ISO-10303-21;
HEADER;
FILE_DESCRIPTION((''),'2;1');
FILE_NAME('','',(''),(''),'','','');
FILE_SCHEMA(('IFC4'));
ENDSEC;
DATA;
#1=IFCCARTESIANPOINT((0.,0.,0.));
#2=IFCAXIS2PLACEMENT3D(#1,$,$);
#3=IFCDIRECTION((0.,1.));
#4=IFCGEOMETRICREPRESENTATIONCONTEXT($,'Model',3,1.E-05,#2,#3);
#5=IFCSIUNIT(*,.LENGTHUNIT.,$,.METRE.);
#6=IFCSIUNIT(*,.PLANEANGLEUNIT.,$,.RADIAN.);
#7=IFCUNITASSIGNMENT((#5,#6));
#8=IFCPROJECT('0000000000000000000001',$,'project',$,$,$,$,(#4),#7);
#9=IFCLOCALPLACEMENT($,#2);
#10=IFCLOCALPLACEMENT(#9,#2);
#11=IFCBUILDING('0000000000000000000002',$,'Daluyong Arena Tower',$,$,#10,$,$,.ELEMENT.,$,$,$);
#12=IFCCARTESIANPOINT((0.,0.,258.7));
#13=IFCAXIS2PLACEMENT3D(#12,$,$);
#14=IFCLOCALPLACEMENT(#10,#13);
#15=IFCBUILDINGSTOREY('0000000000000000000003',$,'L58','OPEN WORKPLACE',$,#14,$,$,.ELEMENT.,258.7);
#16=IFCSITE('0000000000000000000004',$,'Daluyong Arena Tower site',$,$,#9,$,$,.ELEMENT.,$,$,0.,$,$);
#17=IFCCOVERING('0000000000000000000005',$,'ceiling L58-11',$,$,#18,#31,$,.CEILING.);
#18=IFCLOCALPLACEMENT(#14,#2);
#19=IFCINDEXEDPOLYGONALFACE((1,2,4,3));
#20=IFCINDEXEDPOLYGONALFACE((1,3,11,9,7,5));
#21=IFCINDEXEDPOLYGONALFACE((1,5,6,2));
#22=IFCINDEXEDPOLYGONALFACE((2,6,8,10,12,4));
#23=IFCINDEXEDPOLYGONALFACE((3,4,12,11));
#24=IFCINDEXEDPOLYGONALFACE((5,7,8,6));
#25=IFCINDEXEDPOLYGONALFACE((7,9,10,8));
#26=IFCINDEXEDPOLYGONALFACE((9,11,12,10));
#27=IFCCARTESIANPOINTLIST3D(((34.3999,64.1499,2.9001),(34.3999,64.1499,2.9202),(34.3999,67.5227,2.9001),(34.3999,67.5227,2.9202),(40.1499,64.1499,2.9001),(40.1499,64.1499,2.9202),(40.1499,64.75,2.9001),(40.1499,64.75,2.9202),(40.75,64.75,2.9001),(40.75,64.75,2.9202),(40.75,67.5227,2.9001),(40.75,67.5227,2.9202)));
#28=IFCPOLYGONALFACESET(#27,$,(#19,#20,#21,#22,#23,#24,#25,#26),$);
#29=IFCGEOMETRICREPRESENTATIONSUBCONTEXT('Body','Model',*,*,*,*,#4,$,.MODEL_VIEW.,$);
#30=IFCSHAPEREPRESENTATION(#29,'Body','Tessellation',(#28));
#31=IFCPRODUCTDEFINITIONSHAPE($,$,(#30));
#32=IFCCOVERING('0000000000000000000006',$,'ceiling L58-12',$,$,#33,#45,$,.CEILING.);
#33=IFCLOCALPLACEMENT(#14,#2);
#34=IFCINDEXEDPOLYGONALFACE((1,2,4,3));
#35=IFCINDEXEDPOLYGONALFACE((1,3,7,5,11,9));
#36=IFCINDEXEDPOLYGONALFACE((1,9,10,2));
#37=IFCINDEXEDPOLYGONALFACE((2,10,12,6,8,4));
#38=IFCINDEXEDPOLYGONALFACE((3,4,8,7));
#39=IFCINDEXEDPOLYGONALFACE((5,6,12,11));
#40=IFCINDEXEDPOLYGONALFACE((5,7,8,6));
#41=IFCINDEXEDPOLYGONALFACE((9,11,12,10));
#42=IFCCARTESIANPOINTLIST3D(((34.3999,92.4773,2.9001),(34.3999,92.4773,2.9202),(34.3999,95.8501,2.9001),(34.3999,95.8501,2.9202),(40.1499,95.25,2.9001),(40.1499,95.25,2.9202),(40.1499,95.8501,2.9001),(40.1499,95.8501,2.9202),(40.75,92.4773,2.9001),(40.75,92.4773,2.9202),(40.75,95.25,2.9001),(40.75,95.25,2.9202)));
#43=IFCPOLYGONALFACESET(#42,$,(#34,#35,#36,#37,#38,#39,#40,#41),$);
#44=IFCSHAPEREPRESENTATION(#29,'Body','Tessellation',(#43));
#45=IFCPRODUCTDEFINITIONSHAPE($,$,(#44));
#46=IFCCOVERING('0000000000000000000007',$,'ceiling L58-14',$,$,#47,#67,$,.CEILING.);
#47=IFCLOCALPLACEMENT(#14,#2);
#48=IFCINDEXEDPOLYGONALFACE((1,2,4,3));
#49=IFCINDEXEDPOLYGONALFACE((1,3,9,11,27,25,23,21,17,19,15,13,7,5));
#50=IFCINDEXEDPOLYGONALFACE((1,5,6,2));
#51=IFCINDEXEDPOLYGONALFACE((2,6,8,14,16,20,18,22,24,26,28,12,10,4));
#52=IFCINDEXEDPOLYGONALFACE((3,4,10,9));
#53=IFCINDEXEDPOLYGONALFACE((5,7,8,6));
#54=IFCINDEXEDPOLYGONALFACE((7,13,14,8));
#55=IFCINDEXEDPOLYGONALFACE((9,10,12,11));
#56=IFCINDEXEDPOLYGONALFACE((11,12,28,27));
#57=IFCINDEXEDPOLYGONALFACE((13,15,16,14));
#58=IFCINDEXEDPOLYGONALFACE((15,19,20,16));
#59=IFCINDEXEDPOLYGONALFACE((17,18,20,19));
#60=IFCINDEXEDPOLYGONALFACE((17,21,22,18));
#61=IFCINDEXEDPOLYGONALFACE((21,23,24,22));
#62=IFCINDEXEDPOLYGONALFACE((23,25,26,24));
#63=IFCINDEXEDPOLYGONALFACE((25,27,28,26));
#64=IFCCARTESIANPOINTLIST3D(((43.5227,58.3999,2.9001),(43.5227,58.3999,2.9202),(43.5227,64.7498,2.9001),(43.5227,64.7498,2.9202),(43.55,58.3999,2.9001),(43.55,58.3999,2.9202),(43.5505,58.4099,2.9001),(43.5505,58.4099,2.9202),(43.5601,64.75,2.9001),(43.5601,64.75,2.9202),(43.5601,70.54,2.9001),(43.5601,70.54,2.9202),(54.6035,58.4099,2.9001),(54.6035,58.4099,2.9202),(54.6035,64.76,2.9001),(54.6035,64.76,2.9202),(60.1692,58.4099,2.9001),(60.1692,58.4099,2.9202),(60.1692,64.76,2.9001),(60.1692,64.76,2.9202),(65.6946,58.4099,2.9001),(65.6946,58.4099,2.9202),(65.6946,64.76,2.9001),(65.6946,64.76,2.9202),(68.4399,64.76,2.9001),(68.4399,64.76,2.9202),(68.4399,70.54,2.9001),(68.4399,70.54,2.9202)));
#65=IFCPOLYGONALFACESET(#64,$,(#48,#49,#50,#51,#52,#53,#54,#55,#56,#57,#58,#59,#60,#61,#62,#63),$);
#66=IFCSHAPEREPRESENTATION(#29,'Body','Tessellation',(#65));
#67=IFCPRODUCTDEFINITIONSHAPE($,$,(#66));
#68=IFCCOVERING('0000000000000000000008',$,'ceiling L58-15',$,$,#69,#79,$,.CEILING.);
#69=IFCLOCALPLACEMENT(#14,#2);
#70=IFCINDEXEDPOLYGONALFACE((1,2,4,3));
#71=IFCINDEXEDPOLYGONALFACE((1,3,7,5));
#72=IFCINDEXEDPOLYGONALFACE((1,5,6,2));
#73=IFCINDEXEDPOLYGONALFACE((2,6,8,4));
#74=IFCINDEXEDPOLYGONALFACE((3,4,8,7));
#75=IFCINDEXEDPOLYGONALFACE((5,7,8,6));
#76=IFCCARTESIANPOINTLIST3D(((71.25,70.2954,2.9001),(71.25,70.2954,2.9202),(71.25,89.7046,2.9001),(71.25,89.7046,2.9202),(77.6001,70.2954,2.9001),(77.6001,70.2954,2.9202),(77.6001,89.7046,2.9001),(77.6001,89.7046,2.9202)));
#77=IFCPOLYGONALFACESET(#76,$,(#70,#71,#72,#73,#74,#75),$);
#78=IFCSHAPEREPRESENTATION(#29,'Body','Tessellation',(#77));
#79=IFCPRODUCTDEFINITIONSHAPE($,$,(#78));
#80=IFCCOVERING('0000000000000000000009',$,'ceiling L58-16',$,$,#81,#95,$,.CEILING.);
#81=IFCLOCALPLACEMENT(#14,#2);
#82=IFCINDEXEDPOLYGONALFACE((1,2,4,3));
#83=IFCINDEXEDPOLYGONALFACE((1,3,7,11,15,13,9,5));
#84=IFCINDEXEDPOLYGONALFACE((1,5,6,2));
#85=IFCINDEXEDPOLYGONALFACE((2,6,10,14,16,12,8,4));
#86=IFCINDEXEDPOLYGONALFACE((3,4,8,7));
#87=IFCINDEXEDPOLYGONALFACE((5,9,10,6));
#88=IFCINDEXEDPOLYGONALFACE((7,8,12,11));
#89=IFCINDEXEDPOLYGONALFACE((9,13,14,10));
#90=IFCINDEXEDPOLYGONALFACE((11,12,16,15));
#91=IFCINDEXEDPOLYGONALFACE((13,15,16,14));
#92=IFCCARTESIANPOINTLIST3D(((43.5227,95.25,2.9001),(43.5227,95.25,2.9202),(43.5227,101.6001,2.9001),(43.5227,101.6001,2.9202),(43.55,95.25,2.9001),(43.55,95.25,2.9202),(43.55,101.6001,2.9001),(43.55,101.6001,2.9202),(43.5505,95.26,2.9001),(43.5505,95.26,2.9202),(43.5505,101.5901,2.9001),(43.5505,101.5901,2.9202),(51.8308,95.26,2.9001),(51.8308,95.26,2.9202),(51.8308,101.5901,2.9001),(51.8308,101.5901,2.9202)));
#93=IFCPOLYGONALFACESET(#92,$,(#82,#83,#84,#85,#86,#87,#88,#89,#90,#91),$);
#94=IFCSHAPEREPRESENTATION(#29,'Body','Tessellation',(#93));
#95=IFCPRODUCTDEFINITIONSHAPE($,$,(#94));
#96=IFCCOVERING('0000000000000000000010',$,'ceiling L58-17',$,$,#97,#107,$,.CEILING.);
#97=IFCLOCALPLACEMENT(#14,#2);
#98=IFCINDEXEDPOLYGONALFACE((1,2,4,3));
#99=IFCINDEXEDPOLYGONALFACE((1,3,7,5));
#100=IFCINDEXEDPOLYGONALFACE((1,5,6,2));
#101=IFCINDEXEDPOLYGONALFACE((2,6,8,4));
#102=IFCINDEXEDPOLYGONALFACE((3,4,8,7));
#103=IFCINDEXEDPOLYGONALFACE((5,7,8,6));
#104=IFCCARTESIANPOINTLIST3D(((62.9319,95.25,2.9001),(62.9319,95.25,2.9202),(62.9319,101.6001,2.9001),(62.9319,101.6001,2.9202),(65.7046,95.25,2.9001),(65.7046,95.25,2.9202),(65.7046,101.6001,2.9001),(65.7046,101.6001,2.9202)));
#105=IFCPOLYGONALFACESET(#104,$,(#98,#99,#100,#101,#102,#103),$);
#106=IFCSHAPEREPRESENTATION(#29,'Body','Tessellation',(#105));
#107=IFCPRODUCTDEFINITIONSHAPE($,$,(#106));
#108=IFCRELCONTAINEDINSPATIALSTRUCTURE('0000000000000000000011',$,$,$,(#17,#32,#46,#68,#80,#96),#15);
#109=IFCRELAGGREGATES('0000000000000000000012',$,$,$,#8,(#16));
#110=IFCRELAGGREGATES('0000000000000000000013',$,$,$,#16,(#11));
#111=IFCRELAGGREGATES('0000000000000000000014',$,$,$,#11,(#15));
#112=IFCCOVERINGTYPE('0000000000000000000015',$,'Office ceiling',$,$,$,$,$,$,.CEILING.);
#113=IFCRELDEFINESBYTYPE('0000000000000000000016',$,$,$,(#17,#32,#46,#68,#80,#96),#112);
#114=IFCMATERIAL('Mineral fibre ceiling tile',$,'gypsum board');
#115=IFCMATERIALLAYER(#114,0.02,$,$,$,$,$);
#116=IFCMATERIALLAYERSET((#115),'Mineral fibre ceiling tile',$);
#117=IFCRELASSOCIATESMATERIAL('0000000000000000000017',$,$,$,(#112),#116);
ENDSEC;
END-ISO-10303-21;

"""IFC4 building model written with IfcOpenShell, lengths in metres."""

from ifc_helpers import new_model, si_unit, direction, frame, origin, place, context, subcontext, project, spatial, polyline, outline, extrude, material, layer, layer_set, type_object, element, save


model = new_model("IFC4")

# Units and contexts
model_context = context("Model", 3, precision=1e-05, world=origin(), true_north=direction((0.0, 1.0)))
body_context = subcontext(model_context, "Body", "Model", "MODEL_VIEW")
ifc_project = project(units=[si_unit("LENGTHUNIT", "METRE"), si_unit("PLANEANGLEUNIT", "RADIAN")], contexts=[model_context])

# Site, building, storey
site_placement = place(None, origin())
site = spatial("IfcSite", under=ifc_project, at=site_placement, Name="Daluyong Arena Tower site", CompositionType="ELEMENT", RefElevation=0.0)
building_placement = place(site_placement, origin())
building = spatial("IfcBuilding", under=site, at=building_placement, Name="Daluyong Arena Tower", CompositionType="ELEMENT")
storey_placement = place(building_placement, frame((0.0, 0.0, 258.7)))
storey = spatial("IfcBuildingStorey", under=building, at=storey_placement, Name="L58", Description="OPEN WORKPLACE", CompositionType="ELEMENT", Elevation=258.7)

# Coverings
ifc_material_1 = material(Name="Mineral fibre ceiling tile", Category="gypsum board")
ifc_layer_1 = layer(ifc_material_1, 0.02)
ifc_layer_set_1 = layer_set([ifc_layer_1], Name="Mineral fibre ceiling tile")
covering_type = type_object("IfcCoveringType", Name="Office ceiling", PredefinedType="CEILING", material=ifc_layer_set_1)
covering_1_placement = place(storey_placement, frame((0.0, 0.0, 2.9001)))
element("IfcCovering", 1, at=covering_1_placement, inside=storey, type_object=covering_type, Name="ceiling L58-11", PredefinedType="CEILING", context=body_context, shape_type="SweptSolid", body=[
    extrude(outline(polyline([(34.3999, 64.1499), (40.1499, 64.1499), (40.1499, 64.75), (40.75, 64.75), (40.75, 67.5227), (34.3999, 67.5227), (34.3999, 64.1499)])), origin(), (0.0, 0.0, 1.0), 0.02),
])
covering_2_placement = place(storey_placement, frame((0.0, 0.0, 2.9001)))
element("IfcCovering", 2, at=covering_2_placement, inside=storey, type_object=covering_type, Name="ceiling L58-12", PredefinedType="CEILING", context=body_context, shape_type="SweptSolid", body=[
    extrude(outline(polyline([(40.75, 92.4773), (40.75, 95.25), (40.1499, 95.25), (40.1499, 95.8501), (34.3999, 95.8501), (34.3999, 92.4773), (40.75, 92.4773)])), origin(), (0.0, 0.0, 1.0), 0.02),
])
covering_3_placement = place(storey_placement, frame((0.0, 0.0, 2.9001)))
element("IfcCovering", 3, at=covering_3_placement, inside=storey, type_object=covering_type, Name="ceiling L58-14", PredefinedType="CEILING", context=body_context, shape_type="SweptSolid", body=[
    extrude(outline(polyline([(43.5227, 58.3999), (43.55, 58.3999), (43.5505, 58.4099), (54.6035, 58.4099), (54.6035, 64.76), (60.1692, 64.76), (60.1692, 58.4099), (65.6946, 58.4099), (65.6946, 64.76), (68.4399, 64.76), (68.4399, 70.54), (43.5601, 70.54), (43.5601, 64.75), (43.5227, 64.7498), (43.5227, 58.3999)])), origin(), (0.0, 0.0, 1.0), 0.02),
])
covering_4_placement = place(storey_placement, frame((0.0, 0.0, 2.9001)))
element("IfcCovering", 4, at=covering_4_placement, inside=storey, type_object=covering_type, Name="ceiling L58-15", PredefinedType="CEILING", context=body_context, shape_type="SweptSolid", body=[
    extrude(outline(polyline([(77.6001, 70.2954), (77.6001, 89.7046), (71.25, 89.7046), (71.25, 70.2954), (77.6001, 70.2954)])), origin(), (0.0, 0.0, 1.0), 0.02),
])
covering_5_placement = place(storey_placement, frame((0.0, 0.0, 2.9001)))
element("IfcCovering", 5, at=covering_5_placement, inside=storey, type_object=covering_type, Name="ceiling L58-16", PredefinedType="CEILING", context=body_context, shape_type="SweptSolid", body=[
    extrude(outline(polyline([(43.5227, 95.25), (43.55, 95.25), (43.5505, 95.26), (51.8308, 95.26), (51.8308, 101.5901), (43.5505, 101.5901), (43.55, 101.6001), (43.5227, 101.6001), (43.5227, 95.25)])), origin(), (0.0, 0.0, 1.0), 0.02),
])
covering_6_placement = place(storey_placement, frame((0.0, 0.0, 2.9001)))
element("IfcCovering", 6, at=covering_6_placement, inside=storey, type_object=covering_type, Name="ceiling L58-17", PredefinedType="CEILING", context=body_context, shape_type="SweptSolid", body=[
    extrude(outline(polyline([(65.7046, 101.6001), (62.9319, 101.6001), (62.9319, 95.25), (65.7046, 95.25), (65.7046, 101.6001)])), origin(), (0.0, 0.0, 1.0), 0.02),
])

save(model, "model.ifc")
